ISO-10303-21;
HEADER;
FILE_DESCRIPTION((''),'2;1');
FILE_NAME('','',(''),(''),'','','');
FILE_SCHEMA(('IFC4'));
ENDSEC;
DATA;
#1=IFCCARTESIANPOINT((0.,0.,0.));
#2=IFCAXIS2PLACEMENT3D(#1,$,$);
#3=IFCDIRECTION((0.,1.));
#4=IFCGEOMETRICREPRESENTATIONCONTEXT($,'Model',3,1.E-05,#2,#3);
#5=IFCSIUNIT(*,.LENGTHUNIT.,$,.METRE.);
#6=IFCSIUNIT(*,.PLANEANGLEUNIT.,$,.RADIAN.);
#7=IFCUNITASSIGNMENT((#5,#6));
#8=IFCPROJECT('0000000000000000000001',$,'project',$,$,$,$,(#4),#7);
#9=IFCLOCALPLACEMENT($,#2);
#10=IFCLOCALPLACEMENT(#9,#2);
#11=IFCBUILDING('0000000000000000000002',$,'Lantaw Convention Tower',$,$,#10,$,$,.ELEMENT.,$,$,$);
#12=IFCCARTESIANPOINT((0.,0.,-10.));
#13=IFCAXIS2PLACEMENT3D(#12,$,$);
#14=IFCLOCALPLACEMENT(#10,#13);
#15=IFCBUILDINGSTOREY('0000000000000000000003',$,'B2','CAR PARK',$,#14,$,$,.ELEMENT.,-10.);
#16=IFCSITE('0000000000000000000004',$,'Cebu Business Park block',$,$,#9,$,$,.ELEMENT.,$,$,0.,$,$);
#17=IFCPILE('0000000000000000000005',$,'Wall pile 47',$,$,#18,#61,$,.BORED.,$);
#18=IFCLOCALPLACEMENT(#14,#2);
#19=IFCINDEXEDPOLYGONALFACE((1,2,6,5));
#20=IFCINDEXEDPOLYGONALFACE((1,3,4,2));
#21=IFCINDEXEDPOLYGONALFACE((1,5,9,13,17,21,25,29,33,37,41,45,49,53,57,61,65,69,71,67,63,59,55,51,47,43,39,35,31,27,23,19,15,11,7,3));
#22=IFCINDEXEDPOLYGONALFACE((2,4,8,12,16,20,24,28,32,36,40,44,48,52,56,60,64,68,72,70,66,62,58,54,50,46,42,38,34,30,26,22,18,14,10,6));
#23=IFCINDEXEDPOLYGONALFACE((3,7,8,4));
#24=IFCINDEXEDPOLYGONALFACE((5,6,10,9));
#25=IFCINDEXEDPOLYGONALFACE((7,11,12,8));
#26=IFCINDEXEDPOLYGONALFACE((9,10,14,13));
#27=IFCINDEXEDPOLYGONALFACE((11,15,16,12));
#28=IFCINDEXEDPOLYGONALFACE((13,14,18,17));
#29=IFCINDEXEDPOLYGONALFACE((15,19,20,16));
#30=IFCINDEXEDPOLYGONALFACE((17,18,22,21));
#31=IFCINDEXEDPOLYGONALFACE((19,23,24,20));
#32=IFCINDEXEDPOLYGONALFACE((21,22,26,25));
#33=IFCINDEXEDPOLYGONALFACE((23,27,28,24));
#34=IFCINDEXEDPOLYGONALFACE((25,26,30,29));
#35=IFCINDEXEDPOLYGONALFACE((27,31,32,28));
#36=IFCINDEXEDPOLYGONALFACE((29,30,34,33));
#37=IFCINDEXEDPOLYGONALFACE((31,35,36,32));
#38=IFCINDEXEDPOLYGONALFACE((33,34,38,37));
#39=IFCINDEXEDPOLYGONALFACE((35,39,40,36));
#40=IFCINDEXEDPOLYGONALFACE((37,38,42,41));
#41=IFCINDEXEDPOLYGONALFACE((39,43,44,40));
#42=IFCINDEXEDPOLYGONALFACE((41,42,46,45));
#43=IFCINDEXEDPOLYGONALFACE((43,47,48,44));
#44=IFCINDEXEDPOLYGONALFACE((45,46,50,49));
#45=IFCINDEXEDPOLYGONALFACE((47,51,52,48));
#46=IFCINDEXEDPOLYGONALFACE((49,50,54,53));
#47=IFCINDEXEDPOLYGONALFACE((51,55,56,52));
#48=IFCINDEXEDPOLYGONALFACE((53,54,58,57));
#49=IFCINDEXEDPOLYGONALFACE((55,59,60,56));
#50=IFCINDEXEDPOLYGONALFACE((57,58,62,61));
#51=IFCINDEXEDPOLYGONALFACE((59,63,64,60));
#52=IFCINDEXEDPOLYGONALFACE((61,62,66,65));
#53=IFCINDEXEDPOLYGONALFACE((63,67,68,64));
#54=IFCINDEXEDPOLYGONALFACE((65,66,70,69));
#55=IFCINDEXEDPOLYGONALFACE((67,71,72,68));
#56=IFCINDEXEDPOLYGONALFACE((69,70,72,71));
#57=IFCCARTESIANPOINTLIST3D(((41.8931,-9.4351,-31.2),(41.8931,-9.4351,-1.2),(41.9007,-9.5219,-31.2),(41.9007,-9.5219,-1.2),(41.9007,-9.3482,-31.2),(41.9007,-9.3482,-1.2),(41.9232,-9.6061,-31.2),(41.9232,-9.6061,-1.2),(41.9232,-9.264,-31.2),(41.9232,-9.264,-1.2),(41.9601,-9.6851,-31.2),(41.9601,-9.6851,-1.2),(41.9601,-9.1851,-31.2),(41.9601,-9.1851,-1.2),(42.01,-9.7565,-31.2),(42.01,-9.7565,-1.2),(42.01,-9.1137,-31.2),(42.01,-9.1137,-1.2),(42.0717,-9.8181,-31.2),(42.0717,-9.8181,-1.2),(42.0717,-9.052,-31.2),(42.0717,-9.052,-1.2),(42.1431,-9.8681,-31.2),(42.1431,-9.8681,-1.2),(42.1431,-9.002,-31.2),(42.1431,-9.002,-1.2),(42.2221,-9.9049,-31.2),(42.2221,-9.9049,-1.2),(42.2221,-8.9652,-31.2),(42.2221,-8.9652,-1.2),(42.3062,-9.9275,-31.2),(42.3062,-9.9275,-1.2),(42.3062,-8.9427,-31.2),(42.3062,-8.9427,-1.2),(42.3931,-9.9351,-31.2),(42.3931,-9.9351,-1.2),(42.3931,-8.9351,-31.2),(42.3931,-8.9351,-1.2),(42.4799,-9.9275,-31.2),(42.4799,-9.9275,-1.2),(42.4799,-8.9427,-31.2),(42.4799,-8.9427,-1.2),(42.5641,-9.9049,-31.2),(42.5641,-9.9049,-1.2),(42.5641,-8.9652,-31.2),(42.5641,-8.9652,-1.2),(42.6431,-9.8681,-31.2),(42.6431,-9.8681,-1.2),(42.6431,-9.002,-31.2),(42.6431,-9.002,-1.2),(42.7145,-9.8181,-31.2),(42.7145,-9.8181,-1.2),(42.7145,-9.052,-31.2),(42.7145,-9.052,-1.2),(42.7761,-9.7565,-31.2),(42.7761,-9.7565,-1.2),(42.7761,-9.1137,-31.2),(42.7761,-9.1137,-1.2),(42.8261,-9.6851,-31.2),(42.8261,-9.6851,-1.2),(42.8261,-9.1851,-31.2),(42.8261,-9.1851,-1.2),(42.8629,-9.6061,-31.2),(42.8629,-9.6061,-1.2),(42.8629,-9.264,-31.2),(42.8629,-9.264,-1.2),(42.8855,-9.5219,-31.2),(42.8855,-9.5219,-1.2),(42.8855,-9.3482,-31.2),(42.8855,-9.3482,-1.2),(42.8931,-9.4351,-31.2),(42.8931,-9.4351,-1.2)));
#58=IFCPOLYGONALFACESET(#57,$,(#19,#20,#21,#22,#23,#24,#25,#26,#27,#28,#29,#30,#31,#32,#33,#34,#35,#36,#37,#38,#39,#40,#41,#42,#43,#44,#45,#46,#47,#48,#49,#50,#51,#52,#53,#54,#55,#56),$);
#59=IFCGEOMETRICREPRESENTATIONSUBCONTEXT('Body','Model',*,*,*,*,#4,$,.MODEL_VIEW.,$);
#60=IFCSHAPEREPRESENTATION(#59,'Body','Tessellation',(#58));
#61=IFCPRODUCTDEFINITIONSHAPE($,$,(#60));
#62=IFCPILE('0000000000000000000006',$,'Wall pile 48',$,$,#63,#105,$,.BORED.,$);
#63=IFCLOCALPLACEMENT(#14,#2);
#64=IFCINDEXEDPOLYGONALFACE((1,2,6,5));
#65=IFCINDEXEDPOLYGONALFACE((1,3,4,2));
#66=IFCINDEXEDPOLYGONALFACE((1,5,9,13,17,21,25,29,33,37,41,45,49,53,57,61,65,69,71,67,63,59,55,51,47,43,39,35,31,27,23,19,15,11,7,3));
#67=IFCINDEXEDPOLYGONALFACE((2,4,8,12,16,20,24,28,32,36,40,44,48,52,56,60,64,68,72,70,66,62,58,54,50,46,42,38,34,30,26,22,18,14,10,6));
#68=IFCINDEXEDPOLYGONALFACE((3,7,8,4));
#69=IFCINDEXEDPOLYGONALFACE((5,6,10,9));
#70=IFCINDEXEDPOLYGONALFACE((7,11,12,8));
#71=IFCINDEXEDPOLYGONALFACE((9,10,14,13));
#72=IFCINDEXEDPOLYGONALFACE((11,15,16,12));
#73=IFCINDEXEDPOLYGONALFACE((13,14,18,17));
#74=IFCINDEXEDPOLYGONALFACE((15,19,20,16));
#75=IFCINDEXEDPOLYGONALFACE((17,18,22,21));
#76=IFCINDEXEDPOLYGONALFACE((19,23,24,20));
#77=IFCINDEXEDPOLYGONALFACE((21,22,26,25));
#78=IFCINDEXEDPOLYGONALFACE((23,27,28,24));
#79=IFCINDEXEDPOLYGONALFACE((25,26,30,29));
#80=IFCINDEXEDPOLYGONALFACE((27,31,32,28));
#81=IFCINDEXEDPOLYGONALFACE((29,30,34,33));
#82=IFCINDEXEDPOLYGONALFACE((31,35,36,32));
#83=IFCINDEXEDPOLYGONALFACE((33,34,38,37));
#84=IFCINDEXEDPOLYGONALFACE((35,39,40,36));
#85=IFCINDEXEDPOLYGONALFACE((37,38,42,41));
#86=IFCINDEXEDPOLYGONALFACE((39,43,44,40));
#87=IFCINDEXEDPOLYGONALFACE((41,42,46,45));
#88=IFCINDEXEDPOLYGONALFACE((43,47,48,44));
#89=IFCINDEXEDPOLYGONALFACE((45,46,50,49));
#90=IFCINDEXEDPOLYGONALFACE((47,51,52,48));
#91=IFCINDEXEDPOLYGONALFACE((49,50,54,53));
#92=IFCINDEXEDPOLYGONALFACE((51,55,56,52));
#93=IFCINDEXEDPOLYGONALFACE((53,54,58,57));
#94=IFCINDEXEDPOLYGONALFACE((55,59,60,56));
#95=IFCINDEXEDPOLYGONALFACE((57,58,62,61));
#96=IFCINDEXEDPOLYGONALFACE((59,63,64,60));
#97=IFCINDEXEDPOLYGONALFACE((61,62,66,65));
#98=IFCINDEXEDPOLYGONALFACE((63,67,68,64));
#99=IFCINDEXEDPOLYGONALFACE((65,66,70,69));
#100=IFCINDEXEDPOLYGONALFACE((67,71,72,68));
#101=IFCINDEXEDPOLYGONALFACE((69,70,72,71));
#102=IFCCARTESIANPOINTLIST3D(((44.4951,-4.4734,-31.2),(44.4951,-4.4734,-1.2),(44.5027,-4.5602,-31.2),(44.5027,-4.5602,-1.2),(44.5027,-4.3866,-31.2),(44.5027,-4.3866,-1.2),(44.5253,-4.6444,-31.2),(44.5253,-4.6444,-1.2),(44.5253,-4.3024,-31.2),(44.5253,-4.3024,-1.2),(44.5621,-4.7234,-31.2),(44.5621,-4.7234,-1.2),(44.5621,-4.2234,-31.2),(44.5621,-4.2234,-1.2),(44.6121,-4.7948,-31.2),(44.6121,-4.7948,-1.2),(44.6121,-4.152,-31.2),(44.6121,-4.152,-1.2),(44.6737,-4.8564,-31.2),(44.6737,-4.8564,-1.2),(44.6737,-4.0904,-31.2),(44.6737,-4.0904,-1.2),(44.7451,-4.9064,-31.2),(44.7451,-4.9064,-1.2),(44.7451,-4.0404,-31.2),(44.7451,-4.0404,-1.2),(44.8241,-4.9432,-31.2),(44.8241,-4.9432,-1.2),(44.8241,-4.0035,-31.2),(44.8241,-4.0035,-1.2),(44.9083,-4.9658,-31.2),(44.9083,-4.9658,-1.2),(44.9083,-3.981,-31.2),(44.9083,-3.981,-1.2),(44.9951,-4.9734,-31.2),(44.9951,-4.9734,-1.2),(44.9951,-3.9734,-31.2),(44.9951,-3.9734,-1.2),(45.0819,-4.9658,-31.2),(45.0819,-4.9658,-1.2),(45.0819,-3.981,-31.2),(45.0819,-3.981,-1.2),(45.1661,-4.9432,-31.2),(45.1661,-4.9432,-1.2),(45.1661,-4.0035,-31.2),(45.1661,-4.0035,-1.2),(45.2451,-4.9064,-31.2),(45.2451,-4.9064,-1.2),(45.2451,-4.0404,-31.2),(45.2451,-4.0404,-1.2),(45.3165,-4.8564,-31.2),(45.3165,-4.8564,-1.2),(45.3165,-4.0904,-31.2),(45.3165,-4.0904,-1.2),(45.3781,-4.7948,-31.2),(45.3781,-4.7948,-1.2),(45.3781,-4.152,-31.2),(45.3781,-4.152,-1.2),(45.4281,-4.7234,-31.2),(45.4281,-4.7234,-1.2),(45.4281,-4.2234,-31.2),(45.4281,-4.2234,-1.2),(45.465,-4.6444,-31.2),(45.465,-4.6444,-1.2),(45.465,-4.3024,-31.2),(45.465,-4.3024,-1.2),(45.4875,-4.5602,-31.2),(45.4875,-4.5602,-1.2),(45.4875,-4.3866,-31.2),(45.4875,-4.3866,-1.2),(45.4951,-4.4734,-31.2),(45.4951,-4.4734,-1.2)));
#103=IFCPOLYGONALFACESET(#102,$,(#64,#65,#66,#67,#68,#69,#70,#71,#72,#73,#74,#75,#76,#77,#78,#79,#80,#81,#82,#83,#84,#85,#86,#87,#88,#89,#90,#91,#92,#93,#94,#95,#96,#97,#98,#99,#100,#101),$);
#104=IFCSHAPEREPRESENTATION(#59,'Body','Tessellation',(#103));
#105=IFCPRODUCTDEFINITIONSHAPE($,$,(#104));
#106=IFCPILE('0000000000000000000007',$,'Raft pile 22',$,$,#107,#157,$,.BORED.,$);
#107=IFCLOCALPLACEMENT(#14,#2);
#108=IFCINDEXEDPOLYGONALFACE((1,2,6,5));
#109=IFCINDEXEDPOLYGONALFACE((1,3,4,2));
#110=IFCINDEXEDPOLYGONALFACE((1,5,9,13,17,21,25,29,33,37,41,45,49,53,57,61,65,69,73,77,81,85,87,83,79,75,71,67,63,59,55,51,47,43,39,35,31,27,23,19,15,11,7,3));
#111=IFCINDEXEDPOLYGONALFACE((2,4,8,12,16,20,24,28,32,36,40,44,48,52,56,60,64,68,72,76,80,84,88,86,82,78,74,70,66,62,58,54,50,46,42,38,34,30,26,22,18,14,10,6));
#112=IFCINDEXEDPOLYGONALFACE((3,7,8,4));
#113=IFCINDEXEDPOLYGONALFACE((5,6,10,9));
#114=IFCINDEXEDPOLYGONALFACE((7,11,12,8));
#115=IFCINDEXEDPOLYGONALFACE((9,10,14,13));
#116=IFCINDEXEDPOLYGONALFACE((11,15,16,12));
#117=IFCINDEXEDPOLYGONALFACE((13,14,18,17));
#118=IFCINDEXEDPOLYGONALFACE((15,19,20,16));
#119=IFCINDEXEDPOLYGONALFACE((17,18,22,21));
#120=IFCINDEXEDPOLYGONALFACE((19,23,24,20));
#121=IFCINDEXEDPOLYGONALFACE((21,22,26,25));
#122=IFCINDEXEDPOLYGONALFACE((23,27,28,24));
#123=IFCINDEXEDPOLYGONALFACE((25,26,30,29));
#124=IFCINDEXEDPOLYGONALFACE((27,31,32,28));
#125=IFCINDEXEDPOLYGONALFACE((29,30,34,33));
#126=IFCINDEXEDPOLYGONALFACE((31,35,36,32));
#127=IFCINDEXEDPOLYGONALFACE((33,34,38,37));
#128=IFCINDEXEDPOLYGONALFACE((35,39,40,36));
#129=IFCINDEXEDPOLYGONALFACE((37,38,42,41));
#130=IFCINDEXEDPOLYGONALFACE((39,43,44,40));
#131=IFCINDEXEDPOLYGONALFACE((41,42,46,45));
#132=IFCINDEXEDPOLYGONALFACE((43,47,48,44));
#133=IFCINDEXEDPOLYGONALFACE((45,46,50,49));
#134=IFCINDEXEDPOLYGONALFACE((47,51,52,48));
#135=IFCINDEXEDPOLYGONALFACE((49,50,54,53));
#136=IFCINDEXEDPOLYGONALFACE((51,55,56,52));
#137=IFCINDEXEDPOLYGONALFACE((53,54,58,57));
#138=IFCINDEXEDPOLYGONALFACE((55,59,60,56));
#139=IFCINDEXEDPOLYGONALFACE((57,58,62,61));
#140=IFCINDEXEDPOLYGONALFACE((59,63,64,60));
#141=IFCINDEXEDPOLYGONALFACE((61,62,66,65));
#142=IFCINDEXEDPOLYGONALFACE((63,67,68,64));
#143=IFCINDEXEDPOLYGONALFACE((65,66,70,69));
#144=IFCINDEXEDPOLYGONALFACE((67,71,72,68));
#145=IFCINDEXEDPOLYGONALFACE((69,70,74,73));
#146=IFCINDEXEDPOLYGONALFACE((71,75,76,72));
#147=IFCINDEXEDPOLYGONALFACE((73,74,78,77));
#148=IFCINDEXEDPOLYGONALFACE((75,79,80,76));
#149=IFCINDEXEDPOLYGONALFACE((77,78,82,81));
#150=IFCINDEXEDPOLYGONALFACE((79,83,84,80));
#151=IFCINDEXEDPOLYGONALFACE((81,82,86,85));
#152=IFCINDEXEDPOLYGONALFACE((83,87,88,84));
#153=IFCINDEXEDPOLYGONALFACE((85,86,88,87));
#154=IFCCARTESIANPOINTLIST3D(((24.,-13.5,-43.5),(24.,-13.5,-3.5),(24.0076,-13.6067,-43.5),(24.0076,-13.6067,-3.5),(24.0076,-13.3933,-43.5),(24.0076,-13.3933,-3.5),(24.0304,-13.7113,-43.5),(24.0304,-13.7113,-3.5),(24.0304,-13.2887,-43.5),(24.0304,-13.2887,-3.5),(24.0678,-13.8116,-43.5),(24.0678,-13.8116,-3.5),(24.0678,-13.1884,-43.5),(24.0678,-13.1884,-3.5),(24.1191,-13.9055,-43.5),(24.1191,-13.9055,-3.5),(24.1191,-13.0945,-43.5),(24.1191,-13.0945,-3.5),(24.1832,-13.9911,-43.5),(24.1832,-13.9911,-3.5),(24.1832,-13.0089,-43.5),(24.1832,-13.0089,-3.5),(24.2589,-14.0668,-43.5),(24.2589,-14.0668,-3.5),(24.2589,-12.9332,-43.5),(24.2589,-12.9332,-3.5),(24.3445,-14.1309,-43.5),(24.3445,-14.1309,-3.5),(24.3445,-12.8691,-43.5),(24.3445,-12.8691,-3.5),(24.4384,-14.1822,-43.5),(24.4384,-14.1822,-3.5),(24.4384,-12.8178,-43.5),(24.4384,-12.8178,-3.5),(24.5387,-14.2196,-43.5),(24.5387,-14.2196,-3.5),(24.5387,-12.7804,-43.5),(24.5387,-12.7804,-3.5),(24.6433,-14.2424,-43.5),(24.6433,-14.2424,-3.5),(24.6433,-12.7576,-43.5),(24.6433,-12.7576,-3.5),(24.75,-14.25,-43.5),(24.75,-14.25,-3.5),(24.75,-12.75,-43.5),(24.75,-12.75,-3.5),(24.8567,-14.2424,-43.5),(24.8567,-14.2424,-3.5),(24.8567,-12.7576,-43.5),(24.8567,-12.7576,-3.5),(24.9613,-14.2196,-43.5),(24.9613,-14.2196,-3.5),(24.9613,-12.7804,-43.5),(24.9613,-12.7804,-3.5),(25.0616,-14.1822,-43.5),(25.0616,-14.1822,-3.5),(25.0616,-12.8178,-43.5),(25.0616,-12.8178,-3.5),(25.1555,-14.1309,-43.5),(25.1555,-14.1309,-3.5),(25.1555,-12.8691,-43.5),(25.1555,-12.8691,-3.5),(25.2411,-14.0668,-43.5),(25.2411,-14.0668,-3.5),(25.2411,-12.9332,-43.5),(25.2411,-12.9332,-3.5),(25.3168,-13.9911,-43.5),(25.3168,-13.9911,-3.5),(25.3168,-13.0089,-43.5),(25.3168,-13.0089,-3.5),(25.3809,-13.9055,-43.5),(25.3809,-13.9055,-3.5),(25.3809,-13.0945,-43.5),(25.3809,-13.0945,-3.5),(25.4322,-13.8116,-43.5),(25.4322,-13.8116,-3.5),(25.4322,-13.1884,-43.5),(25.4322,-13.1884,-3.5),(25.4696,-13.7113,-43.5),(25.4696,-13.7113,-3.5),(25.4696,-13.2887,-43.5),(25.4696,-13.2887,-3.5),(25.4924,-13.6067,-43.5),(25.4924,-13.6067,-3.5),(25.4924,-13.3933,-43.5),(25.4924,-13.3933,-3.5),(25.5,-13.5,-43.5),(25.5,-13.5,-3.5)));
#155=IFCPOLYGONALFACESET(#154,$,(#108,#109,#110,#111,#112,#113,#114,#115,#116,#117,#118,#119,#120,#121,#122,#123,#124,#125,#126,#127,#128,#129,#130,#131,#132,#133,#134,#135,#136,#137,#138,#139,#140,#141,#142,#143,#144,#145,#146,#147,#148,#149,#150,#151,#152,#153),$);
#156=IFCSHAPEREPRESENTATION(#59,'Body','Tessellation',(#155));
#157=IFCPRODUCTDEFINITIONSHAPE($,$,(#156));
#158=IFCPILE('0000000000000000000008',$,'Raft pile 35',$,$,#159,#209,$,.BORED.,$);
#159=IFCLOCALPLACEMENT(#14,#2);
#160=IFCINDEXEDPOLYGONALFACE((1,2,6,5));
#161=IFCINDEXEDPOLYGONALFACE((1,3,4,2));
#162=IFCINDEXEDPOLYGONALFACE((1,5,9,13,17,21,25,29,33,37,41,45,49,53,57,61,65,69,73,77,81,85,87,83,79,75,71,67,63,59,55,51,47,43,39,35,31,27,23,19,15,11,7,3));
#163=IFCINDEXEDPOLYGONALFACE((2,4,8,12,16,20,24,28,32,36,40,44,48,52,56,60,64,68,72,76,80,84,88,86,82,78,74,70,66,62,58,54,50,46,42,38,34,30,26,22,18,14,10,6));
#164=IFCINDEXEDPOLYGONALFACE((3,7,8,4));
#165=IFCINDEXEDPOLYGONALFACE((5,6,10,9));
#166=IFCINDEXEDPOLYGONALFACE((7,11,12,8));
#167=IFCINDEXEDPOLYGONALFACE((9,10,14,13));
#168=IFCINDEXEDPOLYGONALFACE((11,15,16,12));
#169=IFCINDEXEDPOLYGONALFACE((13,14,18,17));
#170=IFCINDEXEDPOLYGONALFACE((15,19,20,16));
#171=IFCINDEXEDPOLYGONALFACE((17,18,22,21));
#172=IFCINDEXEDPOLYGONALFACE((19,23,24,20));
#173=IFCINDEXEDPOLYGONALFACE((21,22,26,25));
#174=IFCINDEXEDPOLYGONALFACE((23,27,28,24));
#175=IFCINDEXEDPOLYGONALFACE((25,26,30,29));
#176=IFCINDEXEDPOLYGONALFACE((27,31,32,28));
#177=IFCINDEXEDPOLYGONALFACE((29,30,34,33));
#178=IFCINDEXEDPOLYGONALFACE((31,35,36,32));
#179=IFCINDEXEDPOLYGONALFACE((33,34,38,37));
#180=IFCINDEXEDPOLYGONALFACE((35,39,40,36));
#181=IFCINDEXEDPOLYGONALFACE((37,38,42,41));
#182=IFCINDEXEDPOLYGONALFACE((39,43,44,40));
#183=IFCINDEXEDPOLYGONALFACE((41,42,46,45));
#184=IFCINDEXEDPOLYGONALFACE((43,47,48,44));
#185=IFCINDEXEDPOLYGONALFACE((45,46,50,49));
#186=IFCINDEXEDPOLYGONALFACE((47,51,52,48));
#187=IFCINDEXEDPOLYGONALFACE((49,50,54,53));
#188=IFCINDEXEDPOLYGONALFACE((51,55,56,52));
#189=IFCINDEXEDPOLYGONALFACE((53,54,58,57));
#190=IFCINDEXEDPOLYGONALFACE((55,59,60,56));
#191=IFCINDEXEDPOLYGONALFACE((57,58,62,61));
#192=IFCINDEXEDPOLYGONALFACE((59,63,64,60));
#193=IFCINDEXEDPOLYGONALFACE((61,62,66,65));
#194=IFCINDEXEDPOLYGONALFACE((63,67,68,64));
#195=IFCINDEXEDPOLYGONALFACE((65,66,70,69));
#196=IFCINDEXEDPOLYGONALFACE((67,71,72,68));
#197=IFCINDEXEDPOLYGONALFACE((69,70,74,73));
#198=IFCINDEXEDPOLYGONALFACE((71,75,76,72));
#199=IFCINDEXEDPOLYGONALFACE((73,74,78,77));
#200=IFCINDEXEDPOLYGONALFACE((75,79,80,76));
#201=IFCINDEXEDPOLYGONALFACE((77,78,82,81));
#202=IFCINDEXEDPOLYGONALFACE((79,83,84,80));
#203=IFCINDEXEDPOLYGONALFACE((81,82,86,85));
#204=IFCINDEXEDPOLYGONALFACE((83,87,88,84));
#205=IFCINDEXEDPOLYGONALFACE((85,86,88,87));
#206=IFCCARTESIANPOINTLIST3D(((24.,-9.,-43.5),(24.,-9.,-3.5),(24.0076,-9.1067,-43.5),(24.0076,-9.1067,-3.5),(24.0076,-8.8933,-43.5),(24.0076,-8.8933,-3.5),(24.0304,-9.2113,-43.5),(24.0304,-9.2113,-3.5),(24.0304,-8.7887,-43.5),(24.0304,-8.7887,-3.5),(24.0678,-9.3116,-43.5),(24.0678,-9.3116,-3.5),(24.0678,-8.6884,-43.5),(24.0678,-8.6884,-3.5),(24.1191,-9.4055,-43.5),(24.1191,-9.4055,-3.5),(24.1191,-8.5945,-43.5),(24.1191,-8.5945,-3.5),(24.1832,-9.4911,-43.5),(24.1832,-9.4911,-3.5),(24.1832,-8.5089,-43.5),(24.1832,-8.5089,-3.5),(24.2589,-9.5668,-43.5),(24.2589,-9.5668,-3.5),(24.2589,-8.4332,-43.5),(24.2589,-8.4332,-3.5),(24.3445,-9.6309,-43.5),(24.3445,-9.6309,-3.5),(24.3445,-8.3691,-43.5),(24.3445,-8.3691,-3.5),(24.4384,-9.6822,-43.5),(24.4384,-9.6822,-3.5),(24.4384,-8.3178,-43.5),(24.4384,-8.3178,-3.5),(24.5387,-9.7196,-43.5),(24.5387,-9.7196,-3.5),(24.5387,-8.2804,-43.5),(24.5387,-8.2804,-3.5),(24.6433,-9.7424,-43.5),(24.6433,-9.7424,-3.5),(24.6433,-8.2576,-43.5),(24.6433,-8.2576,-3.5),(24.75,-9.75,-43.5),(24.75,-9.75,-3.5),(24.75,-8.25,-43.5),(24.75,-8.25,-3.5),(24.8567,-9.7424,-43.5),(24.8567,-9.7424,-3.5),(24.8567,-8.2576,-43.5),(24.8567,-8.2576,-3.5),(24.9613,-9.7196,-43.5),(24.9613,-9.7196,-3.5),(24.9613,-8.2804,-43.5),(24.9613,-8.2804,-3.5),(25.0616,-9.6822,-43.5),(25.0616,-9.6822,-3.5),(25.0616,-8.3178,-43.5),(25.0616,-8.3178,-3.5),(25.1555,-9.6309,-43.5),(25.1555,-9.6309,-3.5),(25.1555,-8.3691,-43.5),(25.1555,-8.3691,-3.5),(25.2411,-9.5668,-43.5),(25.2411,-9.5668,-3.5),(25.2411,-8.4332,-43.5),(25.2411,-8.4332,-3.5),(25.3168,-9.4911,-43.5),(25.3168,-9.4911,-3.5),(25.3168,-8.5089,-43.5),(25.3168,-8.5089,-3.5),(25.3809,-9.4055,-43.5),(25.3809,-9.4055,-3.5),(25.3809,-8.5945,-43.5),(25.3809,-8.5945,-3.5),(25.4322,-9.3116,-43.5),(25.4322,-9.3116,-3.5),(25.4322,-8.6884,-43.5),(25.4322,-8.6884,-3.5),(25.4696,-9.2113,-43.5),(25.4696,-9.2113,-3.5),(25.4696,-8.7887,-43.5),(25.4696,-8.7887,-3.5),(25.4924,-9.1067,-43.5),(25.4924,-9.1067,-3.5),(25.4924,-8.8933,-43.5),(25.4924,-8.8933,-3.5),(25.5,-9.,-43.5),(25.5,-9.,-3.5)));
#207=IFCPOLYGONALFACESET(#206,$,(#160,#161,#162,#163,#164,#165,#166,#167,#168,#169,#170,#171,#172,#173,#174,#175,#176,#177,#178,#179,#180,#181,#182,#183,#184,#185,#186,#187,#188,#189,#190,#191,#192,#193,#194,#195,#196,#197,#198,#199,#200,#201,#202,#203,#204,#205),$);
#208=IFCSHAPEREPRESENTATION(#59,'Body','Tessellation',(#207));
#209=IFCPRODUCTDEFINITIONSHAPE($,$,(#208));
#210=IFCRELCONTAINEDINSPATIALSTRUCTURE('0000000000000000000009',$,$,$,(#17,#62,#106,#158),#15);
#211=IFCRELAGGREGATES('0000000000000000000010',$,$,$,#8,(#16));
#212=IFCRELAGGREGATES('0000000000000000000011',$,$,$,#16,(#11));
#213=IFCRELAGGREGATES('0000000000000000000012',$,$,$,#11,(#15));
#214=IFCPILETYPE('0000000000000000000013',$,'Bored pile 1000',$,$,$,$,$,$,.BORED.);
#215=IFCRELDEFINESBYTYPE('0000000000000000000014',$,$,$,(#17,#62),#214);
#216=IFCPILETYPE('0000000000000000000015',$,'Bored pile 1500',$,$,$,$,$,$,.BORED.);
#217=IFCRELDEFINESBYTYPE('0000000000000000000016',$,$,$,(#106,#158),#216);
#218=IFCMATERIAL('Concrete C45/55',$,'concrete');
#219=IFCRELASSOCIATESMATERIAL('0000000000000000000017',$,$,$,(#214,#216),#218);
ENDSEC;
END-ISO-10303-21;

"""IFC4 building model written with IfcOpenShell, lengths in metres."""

from ifc_helpers import new_model, si_unit, direction, frame, origin, origin_2d, place, context, subcontext, project, spatial, circle, extrude, material, material_profile, profile_set, type_object, element, save


model = new_model("IFC4")

# Units and contexts
model_context = context("Model", 3, precision=1e-05, world=origin(), true_north=direction((0.0, 1.0)))
body_context = subcontext(model_context, "Body", "Model", "MODEL_VIEW")
ifc_project = project(units=[si_unit("LENGTHUNIT", "METRE"), si_unit("PLANEANGLEUNIT", "RADIAN")], contexts=[model_context])

# Site, building, storey
site_placement = place(None, origin())
site = spatial("IfcSite", under=ifc_project, at=site_placement, Name="Cebu Business Park block", CompositionType="ELEMENT", RefElevation=0.0)
building_placement = place(site_placement, origin())
building = spatial("IfcBuilding", under=site, at=building_placement, Name="Lantaw Convention Tower", CompositionType="ELEMENT")
storey_placement = place(building_placement, frame((0.0, 0.0, -10.0)))
storey = spatial("IfcBuildingStorey", under=building, at=storey_placement, Name="B2", Description="CAR PARK", CompositionType="ELEMENT", Elevation=-10.0)

# Piles
ifc_material_1 = material(Name="Concrete C45/55", Category="concrete")
ifc_material_profile_1 = material_profile(ifc_material_1, circle(Radius=0.5, at=origin_2d()), Name="Bored pile 1000")
ifc_profile_set_1 = profile_set([ifc_material_profile_1], Name="Concrete C45/55")
pile_type_1 = type_object("IfcPileType", Name="Bored pile 1000", PredefinedType="BORED", material=ifc_profile_set_1)
for number, where, z_axis, x_axis, name in (
    (1, (42.3931, -9.4351, -1.2), (0.0, 0.0, -1.0), (1.0, 0.0, 0.0), "Wall pile 47"),
    (2, (44.9951, -4.4734, -1.2), (0.0, 0.0, -1.0), (1.0, 0.0, 0.0), "Wall pile 48"),
):
    element("IfcPile", number, at=place(storey_placement, frame(where, z_axis=z_axis, x_axis=x_axis)), inside=storey, type_object=pile_type_1, Name=name, PredefinedType="BORED", context=body_context, shape_type="SweptSolid", body=[
        extrude(circle(Radius=0.5, at=origin_2d()), origin(), (0.0, 0.0, 1.0), 30.0),
    ])
ifc_material_profile_2 = material_profile(ifc_material_1, circle(Radius=0.75, at=origin_2d()), Name="Bored pile 1500")
ifc_profile_set_2 = profile_set([ifc_material_profile_2], Name="Concrete C45/55")
pile_type_2 = type_object("IfcPileType", Name="Bored pile 1500", PredefinedType="BORED", material=ifc_profile_set_2)
for number, where, z_axis, x_axis, name in (
    (3, (24.75, -13.5, -3.5), (0.0, 0.0, -1.0), (1.0, 0.0, 0.0), "Raft pile 22"),
    (4, (24.75, -9.0, -3.5), (0.0, 0.0, -1.0), (1.0, 0.0, 0.0), "Raft pile 35"),
):
    element("IfcPile", number, at=place(storey_placement, frame(where, z_axis=z_axis, x_axis=x_axis)), inside=storey, type_object=pile_type_2, Name=name, PredefinedType="BORED", context=body_context, shape_type="SweptSolid", body=[
        extrude(circle(Radius=0.75, at=origin_2d()), origin(), (0.0, 0.0, 1.0), 40.0),
    ])

save(model, "model.ifc")
